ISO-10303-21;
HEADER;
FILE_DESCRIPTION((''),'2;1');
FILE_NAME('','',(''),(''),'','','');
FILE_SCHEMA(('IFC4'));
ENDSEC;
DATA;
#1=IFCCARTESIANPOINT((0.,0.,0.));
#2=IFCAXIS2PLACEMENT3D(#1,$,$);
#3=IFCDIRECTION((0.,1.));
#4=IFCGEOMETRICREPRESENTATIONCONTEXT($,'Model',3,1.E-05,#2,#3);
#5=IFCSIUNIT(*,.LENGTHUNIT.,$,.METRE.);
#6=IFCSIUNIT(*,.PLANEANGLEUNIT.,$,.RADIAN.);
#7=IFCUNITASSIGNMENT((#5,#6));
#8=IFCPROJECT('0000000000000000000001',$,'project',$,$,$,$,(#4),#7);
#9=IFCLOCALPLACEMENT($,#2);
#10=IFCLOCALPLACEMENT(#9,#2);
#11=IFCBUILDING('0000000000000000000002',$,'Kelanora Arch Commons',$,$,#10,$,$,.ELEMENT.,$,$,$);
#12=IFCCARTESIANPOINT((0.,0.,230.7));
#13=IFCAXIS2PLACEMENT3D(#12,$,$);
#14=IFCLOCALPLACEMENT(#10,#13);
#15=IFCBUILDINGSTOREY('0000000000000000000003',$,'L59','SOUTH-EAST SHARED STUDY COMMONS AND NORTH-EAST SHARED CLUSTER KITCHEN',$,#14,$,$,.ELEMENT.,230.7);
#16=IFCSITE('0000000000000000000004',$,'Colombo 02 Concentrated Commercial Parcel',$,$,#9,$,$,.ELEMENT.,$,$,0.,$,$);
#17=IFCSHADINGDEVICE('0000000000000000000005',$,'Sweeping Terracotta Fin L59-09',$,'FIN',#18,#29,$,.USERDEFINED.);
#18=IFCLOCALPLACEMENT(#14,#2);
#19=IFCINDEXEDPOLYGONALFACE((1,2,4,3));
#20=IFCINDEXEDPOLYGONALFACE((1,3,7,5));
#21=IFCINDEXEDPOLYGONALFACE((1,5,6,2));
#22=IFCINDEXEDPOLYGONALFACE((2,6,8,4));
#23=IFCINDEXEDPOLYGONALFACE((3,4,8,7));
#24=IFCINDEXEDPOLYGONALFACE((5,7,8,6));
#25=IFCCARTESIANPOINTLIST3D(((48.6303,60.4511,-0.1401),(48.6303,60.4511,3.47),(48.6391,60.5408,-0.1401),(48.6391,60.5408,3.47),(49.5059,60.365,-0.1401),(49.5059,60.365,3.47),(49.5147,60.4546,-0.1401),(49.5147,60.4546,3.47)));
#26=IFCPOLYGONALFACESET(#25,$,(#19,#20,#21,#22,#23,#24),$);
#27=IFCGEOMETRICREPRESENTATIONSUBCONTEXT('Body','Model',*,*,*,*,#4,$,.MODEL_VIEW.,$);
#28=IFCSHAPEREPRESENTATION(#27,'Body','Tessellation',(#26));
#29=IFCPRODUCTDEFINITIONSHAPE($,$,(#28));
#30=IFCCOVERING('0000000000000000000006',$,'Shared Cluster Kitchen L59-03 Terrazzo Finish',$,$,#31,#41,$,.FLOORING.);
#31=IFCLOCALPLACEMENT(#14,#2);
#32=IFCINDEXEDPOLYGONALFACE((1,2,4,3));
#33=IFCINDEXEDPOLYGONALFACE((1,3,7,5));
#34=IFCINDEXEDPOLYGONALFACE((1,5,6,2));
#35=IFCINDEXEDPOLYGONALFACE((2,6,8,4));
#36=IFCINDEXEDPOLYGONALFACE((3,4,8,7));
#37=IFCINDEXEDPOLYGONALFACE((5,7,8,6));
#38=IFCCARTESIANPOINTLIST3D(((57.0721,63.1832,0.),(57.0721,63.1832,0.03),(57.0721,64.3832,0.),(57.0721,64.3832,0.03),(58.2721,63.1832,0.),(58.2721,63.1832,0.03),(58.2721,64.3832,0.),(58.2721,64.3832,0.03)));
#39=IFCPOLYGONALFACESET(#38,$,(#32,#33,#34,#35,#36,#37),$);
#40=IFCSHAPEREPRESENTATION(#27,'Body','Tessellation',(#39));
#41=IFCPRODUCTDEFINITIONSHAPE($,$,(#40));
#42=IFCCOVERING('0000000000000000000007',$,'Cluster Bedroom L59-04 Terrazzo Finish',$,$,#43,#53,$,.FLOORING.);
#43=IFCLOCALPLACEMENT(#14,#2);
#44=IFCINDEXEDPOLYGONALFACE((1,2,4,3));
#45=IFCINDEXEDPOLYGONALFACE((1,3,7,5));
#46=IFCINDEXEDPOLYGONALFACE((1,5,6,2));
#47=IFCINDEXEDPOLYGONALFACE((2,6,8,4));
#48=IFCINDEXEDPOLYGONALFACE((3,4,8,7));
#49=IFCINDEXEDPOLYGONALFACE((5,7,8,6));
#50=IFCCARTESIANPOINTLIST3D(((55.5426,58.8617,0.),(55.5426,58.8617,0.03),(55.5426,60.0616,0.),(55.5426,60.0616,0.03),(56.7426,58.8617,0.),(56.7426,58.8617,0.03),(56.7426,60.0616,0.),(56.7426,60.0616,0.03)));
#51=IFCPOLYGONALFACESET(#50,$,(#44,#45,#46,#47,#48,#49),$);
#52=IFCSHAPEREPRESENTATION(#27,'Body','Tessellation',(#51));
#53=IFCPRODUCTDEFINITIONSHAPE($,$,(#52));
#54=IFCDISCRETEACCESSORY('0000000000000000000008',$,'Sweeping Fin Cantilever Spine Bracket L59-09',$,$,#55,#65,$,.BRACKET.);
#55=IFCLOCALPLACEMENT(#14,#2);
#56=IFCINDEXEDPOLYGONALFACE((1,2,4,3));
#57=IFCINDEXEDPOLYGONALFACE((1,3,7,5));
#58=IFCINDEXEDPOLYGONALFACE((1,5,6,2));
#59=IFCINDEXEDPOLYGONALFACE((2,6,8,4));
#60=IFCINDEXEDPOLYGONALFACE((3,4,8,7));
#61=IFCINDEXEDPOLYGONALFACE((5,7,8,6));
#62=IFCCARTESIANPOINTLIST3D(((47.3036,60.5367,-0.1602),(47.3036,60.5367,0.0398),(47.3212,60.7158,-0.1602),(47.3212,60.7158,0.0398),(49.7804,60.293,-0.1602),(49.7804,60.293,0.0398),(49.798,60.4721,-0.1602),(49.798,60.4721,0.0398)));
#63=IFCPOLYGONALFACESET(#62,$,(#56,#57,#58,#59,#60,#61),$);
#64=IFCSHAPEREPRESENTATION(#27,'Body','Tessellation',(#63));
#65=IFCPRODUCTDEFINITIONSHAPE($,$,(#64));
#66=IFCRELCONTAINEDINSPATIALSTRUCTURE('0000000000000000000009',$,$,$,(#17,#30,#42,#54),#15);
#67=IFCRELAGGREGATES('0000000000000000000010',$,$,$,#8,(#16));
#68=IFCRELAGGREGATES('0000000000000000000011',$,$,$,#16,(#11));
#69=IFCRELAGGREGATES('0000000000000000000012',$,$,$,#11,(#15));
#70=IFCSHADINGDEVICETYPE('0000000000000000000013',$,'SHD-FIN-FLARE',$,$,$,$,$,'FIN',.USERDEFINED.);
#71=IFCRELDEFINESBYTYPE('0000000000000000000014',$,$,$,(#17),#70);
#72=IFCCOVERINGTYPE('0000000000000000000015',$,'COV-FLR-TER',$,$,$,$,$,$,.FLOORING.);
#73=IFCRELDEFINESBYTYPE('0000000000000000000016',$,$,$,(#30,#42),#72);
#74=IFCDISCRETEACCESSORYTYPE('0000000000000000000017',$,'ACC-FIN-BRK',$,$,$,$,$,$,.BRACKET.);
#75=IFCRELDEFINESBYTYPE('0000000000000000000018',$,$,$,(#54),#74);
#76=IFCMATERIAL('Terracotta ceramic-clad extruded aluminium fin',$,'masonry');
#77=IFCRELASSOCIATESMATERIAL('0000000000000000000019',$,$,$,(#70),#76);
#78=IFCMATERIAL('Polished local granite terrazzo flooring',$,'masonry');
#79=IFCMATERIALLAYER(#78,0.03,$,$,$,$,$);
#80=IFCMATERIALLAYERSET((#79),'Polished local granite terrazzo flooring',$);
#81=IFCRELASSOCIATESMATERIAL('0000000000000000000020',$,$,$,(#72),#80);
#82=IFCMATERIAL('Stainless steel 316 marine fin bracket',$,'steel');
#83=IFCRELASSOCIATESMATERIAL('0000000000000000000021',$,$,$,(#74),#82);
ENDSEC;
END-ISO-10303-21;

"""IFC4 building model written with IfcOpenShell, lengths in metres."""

from ifc_helpers import new_model, si_unit, direction, frame, origin, origin_2d, place, context, subcontext, project, spatial, rectangle, extrude, source, transform, mapped, material, layer, layer_set, type_object, element, save


model = new_model("IFC4")

# Units and contexts
model_context = context("Model", 3, precision=1e-05, world=origin(), true_north=direction((0.0, 1.0)))
body_context = subcontext(model_context, "Body", "Model", "MODEL_VIEW")
ifc_project = project(units=[si_unit("LENGTHUNIT", "METRE"), si_unit("PLANEANGLEUNIT", "RADIAN")], contexts=[model_context])

# Site, building, storey
site_placement = place(None, origin())
site = spatial("IfcSite", under=ifc_project, at=site_placement, Name="Colombo 02 Concentrated Commercial Parcel", CompositionType="ELEMENT", RefElevation=0.0)
building_placement = place(site_placement, origin())
building = spatial("IfcBuilding", under=site, at=building_placement, Name="Kelanora Arch Commons", CompositionType="ELEMENT")
storey_placement = place(building_placement, frame((0.0, 0.0, 230.7)))
storey = spatial("IfcBuildingStorey", under=building, at=storey_placement, Name="L59", Description="SOUTH-EAST SHARED STUDY COMMONS AND NORTH-EAST SHARED CLUSTER KITCHEN", CompositionType="ELEMENT", Elevation=230.7)

# Shading device
ifc_material_1 = material(Name="Terracotta ceramic-clad extruded aluminium fin", Category="masonry")
shading_device_type = type_object("IfcShadingDeviceType", Name="SHD-FIN-FLARE", ElementType="FIN", PredefinedType="USERDEFINED", material=ifc_material_1)
shared_shape_1 = source(origin(), body_context, "Body", "SweptSolid", [
    extrude(rectangle(XDim=0.8799, YDim=0.0901, at=origin_2d()), origin(), (0.0, 0.0, 1.0), 3.6101),
])
shading_device_placement = place(storey_placement, frame((49.0725, 60.4529, -0.1401), z_axis=(0.0, 0.0, 1.0), x_axis=(-0.995193, 0.09793, 0.0)))
element("IfcShadingDevice", 1, at=shading_device_placement, inside=storey, type_object=shading_device_type, Name="Sweeping Terracotta Fin L59-09", ObjectType="FIN", PredefinedType="USERDEFINED", context=body_context, shape_type="MappedRepresentation", body=[
    mapped(shared_shape_1, transform((0.0, 0.0, 0.0), scale=1.0)),
])

# Coverings
ifc_material_2 = material(Name="Polished local granite terrazzo flooring", Category="masonry")
ifc_layer_1 = layer(ifc_material_2, 0.03)
ifc_layer_set_1 = layer_set([ifc_layer_1], Name="Polished local granite terrazzo flooring")
covering_type = type_object("IfcCoveringType", Name="COV-FLR-TER", PredefinedType="FLOORING", material=ifc_layer_set_1)
shared_shape_2 = source(origin(), body_context, "Body", "SweptSolid", [
    extrude(rectangle(XDim=1.2, YDim=1.2, at=origin_2d()), origin(), (0.0, 0.0, 1.0), 0.03),
])
for number, where, z_axis, x_axis, name in (
    (2, (57.6721, 63.7832, 0.0), (0.0, 0.0, 1.0), (1.0, 0.0, 0.0), "Shared Cluster Kitchen L59-03 Terrazzo Finish"),
    (3, (56.1426, 59.4617, 0.0), (0.0, 0.0, 1.0), (1.0, 0.0, 0.0), "Cluster Bedroom L59-04 Terrazzo Finish"),
):
    element("IfcCovering", number, at=place(storey_placement, frame(where, z_axis=z_axis, x_axis=x_axis)), inside=storey, type_object=covering_type, Name=name, PredefinedType="FLOORING", context=body_context, shape_type="MappedRepresentation", body=[
        mapped(shared_shape_2, transform((0.0, 0.0, 0.0), scale=1.0)),
    ])

# Discrete accessory
ifc_material_3 = material(Name="Stainless steel 316 marine fin bracket", Category="steel")
discrete_accessory_type = type_object("IfcDiscreteAccessoryType", Name="ACC-FIN-BRK", PredefinedType="BRACKET", material=ifc_material_3)
shared_shape_3 = source(origin(), body_context, "Body", "SweptSolid", [
    extrude(rectangle(XDim=2.4888, YDim=0.1799, at=origin_2d()), origin(), (0.0, 0.0, 1.0), 0.2),
])
discrete_accessory_placement = place(storey_placement, frame((48.5508, 60.5044, -0.1602), z_axis=(0.0, 0.0, 1.0), x_axis=(-0.995193, 0.09793, 0.0)))
element("IfcDiscreteAccessory", 4, at=discrete_accessory_placement, inside=storey, type_object=discrete_accessory_type, Name="Sweeping Fin Cantilever Spine Bracket L59-09", PredefinedType="BRACKET", context=body_context, shape_type="MappedRepresentation", body=[
    mapped(shared_shape_3, transform((0.0, 0.0, 0.0), scale=1.0)),
])

save(model, "model.ifc")
